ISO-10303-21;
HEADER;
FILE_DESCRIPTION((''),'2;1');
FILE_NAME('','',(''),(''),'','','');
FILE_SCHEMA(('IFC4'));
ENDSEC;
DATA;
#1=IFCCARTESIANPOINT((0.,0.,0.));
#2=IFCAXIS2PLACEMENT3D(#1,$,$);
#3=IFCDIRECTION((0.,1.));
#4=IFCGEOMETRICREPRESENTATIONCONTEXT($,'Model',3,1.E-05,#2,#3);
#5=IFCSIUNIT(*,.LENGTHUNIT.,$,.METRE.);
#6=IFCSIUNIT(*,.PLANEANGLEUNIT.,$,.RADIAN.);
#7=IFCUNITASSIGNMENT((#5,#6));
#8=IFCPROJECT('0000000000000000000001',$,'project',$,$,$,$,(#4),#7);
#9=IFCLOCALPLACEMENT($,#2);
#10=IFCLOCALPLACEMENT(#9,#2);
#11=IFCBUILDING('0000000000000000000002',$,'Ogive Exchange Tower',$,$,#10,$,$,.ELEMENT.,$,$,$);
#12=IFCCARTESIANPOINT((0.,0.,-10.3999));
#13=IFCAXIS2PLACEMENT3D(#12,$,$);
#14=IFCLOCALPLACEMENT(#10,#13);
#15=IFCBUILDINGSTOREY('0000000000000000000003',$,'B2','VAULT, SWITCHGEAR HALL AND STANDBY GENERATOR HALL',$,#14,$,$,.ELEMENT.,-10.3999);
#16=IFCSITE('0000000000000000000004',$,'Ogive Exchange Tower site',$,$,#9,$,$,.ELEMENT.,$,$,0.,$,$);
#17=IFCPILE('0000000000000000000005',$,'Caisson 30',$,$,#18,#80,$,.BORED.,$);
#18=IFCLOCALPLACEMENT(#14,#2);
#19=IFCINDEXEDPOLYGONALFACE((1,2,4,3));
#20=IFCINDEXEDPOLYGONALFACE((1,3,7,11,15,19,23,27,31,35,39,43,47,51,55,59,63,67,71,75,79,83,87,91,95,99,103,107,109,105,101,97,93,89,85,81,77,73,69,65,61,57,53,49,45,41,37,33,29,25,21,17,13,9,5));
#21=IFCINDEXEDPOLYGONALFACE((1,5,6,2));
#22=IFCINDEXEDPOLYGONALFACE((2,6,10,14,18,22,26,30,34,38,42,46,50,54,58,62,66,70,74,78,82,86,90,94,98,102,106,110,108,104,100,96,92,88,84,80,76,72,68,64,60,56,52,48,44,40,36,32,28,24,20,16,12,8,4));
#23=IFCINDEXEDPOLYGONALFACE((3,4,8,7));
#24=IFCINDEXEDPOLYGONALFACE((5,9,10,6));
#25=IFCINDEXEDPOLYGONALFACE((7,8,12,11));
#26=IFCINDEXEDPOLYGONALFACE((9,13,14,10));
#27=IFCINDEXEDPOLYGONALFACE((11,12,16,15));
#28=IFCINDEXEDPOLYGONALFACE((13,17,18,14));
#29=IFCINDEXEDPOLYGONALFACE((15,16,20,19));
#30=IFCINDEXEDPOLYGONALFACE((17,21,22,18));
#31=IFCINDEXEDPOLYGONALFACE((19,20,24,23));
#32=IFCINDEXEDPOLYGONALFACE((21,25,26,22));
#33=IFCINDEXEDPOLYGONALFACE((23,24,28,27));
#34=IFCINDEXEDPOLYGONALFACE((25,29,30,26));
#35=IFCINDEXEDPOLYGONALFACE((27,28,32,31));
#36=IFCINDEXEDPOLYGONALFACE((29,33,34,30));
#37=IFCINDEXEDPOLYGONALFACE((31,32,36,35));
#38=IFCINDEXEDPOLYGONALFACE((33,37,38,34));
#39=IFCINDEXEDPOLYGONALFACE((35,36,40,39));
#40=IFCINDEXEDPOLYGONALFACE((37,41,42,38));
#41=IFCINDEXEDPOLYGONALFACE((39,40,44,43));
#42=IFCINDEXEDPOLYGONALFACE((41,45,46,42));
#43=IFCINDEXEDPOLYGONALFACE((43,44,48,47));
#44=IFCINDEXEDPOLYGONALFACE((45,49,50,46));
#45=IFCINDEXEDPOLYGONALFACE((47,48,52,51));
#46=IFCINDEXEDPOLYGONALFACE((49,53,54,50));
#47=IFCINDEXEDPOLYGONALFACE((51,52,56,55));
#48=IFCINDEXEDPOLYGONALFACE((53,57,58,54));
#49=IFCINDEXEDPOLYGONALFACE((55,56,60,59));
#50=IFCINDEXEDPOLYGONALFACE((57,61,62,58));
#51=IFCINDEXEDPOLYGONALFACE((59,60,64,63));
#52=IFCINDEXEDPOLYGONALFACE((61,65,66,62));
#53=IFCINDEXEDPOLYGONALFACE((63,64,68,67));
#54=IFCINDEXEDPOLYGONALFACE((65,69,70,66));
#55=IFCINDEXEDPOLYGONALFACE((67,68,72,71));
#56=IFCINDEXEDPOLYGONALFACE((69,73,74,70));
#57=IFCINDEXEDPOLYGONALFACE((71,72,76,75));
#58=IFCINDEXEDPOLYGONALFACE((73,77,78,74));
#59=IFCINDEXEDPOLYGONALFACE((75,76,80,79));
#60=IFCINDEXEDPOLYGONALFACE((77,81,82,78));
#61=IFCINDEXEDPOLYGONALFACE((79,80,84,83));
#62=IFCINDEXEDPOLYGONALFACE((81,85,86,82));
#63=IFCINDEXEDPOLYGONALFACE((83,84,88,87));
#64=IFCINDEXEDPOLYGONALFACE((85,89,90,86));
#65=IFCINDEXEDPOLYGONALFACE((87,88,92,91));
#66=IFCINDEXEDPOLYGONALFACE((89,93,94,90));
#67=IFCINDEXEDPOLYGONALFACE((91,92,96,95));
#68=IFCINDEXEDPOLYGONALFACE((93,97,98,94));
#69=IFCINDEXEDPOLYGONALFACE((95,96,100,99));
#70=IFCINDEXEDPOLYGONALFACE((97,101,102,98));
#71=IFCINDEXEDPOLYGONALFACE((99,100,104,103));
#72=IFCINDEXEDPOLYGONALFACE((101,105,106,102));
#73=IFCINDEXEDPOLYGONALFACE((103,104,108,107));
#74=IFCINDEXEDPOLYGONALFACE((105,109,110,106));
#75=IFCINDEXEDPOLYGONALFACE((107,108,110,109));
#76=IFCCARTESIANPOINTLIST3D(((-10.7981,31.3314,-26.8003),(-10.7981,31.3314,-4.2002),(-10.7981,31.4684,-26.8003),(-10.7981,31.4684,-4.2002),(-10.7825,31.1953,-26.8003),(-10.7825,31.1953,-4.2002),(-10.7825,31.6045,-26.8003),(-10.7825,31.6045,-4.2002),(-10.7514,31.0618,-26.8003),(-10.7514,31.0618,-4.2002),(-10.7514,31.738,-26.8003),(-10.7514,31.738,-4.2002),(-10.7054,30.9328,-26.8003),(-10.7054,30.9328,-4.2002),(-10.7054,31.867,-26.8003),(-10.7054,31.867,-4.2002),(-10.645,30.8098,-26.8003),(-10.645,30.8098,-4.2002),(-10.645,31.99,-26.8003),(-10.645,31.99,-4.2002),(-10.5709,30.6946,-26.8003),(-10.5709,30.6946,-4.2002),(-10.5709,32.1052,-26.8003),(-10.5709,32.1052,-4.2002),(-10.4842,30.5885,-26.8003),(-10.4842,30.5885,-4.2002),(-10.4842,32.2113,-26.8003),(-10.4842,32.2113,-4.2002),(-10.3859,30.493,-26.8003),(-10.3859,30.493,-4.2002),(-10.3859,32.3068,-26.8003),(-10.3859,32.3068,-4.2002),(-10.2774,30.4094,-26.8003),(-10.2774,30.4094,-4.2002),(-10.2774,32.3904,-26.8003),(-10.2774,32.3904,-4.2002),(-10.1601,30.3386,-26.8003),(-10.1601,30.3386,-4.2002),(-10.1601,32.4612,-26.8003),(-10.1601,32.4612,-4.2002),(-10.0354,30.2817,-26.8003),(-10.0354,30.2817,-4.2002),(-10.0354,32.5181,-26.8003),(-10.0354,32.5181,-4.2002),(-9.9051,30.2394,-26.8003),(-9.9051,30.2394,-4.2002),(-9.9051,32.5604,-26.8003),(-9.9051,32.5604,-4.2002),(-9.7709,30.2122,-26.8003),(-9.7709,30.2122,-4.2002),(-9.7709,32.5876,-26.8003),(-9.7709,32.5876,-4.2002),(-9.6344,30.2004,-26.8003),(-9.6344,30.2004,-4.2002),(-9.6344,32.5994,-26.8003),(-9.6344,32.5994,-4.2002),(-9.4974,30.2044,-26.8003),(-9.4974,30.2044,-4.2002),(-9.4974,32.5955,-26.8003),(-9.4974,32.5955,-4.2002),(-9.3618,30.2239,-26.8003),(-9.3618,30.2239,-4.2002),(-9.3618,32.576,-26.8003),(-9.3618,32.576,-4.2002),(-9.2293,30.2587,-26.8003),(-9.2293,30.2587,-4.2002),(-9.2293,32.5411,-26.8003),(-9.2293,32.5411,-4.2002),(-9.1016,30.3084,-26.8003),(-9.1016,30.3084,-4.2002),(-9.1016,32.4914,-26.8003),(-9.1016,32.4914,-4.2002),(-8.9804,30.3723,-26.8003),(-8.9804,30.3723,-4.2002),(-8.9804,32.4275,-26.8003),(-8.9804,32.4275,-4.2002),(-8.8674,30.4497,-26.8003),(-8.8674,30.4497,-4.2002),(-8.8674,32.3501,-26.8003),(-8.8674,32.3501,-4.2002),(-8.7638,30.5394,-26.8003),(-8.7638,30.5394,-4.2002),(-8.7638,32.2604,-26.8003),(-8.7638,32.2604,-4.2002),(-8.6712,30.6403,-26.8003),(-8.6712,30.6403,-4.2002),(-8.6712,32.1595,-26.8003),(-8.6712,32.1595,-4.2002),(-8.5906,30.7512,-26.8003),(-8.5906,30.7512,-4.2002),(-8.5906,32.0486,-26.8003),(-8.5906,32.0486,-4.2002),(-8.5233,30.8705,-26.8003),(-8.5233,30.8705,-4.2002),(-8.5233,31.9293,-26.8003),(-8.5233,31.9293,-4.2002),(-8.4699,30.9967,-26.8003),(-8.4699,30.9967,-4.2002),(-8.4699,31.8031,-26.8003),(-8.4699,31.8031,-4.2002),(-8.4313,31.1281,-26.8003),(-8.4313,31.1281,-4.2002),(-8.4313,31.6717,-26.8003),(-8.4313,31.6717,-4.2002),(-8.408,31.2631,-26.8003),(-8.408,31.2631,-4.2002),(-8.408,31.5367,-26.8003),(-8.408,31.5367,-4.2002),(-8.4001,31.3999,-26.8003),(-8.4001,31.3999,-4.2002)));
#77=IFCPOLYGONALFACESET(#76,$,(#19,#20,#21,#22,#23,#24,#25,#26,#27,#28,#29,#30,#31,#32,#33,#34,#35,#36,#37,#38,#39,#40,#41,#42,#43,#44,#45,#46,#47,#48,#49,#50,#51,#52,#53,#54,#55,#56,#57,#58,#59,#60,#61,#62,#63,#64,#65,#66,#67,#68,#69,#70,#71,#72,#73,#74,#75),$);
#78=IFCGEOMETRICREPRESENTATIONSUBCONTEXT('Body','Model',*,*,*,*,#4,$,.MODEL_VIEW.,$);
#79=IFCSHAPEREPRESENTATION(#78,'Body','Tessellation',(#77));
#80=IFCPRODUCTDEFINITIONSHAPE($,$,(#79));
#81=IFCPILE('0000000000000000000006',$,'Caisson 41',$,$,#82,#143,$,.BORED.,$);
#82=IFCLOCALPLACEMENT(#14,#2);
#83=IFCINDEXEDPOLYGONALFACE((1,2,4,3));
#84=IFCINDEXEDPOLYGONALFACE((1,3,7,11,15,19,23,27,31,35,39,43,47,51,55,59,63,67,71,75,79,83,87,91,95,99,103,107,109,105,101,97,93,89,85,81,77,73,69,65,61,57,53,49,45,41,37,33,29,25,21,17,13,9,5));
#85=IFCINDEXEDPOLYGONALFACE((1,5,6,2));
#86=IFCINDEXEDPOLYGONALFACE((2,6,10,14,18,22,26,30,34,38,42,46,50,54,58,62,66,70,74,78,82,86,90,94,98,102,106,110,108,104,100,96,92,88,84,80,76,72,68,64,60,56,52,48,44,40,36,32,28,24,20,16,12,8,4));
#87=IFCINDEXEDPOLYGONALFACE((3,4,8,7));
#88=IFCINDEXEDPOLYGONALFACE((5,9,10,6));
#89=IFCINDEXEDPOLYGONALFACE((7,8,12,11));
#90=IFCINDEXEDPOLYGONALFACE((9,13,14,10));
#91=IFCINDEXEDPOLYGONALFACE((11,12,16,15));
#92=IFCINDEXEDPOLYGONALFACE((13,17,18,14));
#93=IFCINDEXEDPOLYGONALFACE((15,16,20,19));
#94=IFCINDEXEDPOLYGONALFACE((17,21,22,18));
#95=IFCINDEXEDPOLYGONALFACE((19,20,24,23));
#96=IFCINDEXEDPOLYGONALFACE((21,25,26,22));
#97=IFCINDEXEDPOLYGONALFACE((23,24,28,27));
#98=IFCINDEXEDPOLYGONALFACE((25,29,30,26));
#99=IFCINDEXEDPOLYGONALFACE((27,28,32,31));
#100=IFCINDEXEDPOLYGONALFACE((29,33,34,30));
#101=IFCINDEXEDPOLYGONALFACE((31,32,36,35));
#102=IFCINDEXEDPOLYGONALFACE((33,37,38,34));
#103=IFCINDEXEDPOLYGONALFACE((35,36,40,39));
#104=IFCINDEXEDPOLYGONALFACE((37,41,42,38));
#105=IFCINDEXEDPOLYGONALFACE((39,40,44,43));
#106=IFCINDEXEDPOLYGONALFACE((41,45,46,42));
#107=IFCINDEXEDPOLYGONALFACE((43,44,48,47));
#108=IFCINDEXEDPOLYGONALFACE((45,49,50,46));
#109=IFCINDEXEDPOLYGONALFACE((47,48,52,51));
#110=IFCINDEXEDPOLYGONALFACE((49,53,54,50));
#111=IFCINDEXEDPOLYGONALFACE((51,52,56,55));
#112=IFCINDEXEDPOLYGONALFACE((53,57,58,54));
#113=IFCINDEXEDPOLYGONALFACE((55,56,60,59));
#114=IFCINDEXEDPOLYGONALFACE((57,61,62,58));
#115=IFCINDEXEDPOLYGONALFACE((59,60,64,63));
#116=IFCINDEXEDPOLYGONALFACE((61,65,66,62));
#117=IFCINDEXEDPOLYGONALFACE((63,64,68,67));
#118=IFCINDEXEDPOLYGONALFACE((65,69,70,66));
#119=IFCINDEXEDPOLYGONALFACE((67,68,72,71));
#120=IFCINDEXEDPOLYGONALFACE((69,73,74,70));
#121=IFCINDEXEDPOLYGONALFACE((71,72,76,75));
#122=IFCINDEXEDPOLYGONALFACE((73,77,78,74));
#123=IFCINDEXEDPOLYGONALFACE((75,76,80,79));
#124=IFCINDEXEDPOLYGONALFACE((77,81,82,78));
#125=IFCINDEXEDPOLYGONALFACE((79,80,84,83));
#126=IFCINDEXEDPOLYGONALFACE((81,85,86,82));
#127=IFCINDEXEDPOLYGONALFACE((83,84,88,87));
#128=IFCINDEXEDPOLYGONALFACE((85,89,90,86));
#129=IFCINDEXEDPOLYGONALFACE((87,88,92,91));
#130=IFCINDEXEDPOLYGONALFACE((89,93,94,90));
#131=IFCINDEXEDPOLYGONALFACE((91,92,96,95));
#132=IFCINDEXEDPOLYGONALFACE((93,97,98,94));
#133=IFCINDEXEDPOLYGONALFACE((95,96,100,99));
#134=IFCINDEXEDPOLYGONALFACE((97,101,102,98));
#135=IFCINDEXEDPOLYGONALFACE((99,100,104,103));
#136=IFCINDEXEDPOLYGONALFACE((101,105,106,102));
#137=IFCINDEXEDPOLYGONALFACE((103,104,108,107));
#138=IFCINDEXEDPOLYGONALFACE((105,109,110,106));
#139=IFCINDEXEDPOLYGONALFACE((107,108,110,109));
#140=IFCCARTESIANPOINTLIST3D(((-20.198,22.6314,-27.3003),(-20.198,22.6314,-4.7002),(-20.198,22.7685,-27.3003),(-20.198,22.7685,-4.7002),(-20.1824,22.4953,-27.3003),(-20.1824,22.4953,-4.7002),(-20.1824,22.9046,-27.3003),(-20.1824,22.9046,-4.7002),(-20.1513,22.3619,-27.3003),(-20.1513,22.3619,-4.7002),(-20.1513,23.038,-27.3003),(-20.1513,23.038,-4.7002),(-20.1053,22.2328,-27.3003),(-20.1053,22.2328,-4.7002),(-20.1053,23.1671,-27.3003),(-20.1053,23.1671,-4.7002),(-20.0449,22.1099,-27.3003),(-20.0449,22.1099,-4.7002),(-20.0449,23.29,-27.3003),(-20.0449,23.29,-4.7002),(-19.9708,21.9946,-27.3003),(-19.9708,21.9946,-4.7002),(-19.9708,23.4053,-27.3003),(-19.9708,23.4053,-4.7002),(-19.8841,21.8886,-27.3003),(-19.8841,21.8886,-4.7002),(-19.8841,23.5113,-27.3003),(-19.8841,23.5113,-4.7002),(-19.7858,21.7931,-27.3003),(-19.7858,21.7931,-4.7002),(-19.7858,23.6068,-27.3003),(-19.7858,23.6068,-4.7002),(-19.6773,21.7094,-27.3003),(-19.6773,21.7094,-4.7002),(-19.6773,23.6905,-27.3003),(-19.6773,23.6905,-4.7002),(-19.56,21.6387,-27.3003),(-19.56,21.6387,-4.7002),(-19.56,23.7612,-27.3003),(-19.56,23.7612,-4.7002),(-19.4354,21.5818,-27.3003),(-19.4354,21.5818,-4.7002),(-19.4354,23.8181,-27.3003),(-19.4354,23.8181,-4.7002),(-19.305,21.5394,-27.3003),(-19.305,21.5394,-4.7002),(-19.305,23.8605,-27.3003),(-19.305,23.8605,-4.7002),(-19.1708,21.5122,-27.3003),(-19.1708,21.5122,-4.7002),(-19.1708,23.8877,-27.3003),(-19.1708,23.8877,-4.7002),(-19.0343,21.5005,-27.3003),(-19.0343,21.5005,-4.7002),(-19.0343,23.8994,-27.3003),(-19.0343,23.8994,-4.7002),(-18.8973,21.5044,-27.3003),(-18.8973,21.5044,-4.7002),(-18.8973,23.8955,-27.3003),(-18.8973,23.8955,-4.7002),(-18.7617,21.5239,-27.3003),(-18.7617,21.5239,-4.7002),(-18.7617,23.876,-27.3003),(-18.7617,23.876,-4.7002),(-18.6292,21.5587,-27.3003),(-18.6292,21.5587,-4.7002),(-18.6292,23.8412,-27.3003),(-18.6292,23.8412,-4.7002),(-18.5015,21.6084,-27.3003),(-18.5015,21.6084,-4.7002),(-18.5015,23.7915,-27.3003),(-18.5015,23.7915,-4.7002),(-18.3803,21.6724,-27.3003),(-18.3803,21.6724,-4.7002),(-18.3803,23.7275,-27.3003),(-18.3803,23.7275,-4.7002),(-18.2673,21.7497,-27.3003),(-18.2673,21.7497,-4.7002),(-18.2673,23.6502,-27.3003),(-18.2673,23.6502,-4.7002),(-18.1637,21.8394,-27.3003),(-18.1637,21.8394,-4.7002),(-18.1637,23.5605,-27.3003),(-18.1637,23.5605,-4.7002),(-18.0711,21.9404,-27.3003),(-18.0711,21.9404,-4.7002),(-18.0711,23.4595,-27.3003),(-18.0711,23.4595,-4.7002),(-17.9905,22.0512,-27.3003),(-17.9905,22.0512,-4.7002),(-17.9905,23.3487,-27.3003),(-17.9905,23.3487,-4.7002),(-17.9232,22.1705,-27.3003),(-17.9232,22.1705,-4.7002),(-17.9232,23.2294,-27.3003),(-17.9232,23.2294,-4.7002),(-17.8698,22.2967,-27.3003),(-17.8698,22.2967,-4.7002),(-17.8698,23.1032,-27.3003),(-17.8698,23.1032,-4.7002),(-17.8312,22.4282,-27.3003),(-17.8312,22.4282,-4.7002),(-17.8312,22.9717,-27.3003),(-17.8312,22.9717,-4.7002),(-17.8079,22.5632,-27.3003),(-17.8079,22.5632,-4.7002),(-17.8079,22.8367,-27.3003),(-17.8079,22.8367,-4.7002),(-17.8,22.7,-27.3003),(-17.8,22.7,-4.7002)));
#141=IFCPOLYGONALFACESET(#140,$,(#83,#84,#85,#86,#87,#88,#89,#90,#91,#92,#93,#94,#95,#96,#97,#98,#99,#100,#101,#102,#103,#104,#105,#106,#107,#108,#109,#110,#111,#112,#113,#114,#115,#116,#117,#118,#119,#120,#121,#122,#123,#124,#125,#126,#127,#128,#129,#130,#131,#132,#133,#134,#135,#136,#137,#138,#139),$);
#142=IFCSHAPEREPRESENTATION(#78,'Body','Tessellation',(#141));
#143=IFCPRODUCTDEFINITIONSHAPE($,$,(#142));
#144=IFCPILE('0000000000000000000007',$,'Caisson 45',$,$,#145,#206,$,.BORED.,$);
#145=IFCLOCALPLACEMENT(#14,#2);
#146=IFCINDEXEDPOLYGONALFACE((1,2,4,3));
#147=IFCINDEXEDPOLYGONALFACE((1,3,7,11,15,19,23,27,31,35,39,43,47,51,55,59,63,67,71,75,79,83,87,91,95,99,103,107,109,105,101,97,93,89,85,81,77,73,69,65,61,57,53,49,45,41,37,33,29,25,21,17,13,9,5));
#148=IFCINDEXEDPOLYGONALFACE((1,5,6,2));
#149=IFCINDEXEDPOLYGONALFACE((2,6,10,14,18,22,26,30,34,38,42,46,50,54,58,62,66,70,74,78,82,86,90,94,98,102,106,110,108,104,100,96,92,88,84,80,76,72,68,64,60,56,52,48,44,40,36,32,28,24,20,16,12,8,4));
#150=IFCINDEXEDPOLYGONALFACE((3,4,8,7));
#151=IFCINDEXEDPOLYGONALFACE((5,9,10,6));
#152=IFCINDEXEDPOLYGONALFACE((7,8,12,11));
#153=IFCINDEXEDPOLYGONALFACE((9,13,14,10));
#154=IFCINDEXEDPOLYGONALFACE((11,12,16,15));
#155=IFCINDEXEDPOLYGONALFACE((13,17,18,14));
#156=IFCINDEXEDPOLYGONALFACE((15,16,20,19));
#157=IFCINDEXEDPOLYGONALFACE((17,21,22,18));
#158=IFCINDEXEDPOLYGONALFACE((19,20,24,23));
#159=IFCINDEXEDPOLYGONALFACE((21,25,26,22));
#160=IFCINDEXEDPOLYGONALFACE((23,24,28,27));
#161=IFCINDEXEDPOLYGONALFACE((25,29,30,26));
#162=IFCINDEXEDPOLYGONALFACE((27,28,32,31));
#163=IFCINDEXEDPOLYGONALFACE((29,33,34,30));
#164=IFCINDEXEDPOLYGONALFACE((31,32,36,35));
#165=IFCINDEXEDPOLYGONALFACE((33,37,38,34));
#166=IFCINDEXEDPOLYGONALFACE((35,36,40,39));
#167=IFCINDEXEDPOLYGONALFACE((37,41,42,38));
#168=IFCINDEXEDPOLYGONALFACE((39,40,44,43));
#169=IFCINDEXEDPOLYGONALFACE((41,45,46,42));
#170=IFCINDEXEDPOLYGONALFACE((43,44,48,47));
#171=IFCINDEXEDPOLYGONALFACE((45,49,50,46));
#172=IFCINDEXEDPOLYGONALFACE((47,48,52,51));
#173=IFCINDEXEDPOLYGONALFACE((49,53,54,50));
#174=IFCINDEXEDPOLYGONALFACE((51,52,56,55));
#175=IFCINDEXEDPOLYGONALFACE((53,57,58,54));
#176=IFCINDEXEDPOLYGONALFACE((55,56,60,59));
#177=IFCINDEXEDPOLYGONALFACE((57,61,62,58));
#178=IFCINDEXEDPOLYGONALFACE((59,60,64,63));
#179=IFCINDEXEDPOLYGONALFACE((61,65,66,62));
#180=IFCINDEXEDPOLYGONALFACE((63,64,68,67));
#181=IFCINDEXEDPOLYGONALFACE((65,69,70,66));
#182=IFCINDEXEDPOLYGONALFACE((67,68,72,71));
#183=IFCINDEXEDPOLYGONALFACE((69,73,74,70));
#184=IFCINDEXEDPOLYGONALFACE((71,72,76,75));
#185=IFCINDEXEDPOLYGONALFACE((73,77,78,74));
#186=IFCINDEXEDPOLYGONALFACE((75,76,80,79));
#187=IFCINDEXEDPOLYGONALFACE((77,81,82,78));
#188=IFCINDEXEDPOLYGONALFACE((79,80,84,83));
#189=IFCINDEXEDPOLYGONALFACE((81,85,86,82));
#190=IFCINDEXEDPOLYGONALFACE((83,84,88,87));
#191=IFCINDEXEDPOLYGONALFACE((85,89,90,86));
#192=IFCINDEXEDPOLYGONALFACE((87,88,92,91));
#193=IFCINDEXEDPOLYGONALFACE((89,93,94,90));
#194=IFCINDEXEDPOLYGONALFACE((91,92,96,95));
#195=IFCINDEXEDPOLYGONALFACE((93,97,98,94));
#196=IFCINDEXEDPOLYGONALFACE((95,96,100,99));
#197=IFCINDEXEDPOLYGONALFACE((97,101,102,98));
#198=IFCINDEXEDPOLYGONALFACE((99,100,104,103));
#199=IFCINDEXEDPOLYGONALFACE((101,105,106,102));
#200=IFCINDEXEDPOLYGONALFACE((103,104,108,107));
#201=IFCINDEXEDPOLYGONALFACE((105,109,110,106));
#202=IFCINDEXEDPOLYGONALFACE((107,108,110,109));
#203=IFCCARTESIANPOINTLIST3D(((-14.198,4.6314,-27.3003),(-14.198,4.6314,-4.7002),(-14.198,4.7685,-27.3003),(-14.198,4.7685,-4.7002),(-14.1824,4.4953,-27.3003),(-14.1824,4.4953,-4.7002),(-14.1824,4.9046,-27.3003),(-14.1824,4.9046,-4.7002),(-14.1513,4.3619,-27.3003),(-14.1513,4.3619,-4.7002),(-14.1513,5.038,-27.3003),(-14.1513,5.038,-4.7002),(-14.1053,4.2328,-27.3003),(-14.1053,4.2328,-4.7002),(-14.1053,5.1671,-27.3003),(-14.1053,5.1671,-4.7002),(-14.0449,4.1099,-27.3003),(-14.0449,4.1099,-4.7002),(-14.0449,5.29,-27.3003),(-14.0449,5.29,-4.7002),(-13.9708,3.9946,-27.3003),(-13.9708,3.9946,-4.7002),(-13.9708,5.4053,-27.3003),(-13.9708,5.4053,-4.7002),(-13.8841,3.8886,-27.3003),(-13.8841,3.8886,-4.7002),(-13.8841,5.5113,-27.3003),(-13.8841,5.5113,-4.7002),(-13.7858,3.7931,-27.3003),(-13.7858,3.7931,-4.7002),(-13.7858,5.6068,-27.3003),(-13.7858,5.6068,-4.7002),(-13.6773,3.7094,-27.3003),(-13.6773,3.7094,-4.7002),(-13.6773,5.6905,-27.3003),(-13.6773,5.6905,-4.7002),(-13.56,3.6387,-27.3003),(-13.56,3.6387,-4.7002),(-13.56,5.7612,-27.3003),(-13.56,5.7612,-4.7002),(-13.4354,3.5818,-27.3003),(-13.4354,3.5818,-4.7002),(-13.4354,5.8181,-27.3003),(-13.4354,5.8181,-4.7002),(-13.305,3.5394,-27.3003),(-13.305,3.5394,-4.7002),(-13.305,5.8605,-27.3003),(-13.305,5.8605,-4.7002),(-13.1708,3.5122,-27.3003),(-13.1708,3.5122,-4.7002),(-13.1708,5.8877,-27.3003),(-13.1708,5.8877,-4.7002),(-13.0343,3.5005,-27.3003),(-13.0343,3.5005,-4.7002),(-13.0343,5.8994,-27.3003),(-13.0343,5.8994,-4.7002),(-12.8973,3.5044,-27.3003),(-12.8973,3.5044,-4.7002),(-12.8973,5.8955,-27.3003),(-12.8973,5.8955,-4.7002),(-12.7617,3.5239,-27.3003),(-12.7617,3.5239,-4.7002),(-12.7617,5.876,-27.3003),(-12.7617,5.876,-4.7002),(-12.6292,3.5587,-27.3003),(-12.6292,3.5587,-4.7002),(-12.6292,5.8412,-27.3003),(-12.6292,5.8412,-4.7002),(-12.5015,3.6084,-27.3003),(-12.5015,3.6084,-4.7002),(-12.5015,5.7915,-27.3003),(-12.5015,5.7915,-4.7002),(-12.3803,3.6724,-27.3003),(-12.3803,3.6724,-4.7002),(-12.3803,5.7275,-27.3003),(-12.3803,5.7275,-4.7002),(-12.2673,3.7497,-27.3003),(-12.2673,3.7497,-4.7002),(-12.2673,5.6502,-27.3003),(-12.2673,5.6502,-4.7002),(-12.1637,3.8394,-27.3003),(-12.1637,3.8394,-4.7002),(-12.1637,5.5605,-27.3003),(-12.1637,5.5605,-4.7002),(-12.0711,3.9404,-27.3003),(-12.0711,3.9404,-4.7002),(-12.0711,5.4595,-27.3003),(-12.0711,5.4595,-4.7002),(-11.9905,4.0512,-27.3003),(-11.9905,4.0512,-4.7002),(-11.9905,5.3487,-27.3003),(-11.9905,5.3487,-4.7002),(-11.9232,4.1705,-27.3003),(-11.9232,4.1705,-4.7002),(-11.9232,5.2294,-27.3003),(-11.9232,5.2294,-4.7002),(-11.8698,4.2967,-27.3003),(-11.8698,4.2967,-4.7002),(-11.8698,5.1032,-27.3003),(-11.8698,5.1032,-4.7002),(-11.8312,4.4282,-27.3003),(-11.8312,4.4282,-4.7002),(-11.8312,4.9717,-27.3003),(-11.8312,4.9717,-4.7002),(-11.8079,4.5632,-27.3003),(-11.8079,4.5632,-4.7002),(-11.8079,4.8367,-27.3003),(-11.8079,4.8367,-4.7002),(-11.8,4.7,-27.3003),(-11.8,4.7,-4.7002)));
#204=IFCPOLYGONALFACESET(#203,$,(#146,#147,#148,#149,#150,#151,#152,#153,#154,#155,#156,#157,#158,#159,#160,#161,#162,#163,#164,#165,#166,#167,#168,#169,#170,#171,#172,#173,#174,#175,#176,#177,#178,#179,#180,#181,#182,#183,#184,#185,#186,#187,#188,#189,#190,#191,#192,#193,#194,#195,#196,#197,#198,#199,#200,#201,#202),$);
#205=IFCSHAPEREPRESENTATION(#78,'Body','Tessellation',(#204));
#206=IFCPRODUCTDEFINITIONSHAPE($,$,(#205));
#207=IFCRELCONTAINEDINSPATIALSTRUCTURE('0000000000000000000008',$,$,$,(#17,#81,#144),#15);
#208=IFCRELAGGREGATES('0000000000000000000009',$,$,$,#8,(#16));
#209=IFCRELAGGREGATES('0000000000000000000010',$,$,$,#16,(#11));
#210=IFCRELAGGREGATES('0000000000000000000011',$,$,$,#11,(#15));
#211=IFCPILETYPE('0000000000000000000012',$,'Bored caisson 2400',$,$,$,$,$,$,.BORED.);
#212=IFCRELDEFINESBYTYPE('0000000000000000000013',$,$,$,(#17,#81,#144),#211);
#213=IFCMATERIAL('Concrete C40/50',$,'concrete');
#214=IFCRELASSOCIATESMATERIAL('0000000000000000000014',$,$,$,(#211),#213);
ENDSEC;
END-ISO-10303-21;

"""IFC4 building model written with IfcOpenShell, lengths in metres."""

from ifc_helpers import new_model, si_unit, direction, frame, origin, origin_2d, place, context, subcontext, project, spatial, circle, extrude, material, material_profile, profile_set, type_object, element, save


model = new_model("IFC4")

# Units and contexts
model_context = context("Model", 3, precision=1e-05, world=origin(), true_north=direction((0.0, 1.0)))
body_context = subcontext(model_context, "Body", "Model", "MODEL_VIEW")
ifc_project = project(units=[si_unit("LENGTHUNIT", "METRE"), si_unit("PLANEANGLEUNIT", "RADIAN")], contexts=[model_context])

# Site, building, storey
site_placement = place(None, origin())
site = spatial("IfcSite", under=ifc_project, at=site_placement, Name="Ogive Exchange Tower site", CompositionType="ELEMENT", RefElevation=0.0)
building_placement = place(site_placement, origin())
building = spatial("IfcBuilding", under=site, at=building_placement, Name="Ogive Exchange Tower", CompositionType="ELEMENT")
storey_placement = place(building_placement, frame((0.0, 0.0, -10.3999)))
storey = spatial("IfcBuildingStorey", under=building, at=storey_placement, Name="B2", Description="VAULT, SWITCHGEAR HALL AND STANDBY GENERATOR HALL", CompositionType="ELEMENT", Elevation=-10.3999)

# Piles
ifc_material_1 = material(Name="Concrete C40/50", Category="concrete")
ifc_material_profile_1 = material_profile(ifc_material_1, circle(Radius=1.2, at=origin_2d()), Name="RC caisson 2400")
ifc_profile_set_1 = profile_set([ifc_material_profile_1], Name="Concrete C40/50")
pile_type = type_object("IfcPileType", Name="Bored caisson 2400", PredefinedType="BORED", material=ifc_profile_set_1)
for number, where, z_axis, x_axis, name in (
    (1, (-9.6001, 31.3999, -4.2002), (0.0, 0.0, -1.0), (1.0, 0.0, 0.0), "Caisson 30"),
    (2, (-19.0, 22.7, -4.7002), (0.0, 0.0, -1.0), (1.0, 0.0, 0.0), "Caisson 41"),
    (3, (-13.0, 4.7, -4.7002), (0.0, 0.0, -1.0), (1.0, 0.0, 0.0), "Caisson 45"),
):
    element("IfcPile", number, at=place(storey_placement, frame(where, z_axis=z_axis, x_axis=x_axis)), inside=storey, type_object=pile_type, Name=name, PredefinedType="BORED", context=body_context, shape_type="SweptSolid", body=[
        extrude(circle(Radius=1.2, at=origin_2d()), origin(), (0.0, 0.0, 1.0), 22.6001),
    ])

save(model, "model.ifc")
